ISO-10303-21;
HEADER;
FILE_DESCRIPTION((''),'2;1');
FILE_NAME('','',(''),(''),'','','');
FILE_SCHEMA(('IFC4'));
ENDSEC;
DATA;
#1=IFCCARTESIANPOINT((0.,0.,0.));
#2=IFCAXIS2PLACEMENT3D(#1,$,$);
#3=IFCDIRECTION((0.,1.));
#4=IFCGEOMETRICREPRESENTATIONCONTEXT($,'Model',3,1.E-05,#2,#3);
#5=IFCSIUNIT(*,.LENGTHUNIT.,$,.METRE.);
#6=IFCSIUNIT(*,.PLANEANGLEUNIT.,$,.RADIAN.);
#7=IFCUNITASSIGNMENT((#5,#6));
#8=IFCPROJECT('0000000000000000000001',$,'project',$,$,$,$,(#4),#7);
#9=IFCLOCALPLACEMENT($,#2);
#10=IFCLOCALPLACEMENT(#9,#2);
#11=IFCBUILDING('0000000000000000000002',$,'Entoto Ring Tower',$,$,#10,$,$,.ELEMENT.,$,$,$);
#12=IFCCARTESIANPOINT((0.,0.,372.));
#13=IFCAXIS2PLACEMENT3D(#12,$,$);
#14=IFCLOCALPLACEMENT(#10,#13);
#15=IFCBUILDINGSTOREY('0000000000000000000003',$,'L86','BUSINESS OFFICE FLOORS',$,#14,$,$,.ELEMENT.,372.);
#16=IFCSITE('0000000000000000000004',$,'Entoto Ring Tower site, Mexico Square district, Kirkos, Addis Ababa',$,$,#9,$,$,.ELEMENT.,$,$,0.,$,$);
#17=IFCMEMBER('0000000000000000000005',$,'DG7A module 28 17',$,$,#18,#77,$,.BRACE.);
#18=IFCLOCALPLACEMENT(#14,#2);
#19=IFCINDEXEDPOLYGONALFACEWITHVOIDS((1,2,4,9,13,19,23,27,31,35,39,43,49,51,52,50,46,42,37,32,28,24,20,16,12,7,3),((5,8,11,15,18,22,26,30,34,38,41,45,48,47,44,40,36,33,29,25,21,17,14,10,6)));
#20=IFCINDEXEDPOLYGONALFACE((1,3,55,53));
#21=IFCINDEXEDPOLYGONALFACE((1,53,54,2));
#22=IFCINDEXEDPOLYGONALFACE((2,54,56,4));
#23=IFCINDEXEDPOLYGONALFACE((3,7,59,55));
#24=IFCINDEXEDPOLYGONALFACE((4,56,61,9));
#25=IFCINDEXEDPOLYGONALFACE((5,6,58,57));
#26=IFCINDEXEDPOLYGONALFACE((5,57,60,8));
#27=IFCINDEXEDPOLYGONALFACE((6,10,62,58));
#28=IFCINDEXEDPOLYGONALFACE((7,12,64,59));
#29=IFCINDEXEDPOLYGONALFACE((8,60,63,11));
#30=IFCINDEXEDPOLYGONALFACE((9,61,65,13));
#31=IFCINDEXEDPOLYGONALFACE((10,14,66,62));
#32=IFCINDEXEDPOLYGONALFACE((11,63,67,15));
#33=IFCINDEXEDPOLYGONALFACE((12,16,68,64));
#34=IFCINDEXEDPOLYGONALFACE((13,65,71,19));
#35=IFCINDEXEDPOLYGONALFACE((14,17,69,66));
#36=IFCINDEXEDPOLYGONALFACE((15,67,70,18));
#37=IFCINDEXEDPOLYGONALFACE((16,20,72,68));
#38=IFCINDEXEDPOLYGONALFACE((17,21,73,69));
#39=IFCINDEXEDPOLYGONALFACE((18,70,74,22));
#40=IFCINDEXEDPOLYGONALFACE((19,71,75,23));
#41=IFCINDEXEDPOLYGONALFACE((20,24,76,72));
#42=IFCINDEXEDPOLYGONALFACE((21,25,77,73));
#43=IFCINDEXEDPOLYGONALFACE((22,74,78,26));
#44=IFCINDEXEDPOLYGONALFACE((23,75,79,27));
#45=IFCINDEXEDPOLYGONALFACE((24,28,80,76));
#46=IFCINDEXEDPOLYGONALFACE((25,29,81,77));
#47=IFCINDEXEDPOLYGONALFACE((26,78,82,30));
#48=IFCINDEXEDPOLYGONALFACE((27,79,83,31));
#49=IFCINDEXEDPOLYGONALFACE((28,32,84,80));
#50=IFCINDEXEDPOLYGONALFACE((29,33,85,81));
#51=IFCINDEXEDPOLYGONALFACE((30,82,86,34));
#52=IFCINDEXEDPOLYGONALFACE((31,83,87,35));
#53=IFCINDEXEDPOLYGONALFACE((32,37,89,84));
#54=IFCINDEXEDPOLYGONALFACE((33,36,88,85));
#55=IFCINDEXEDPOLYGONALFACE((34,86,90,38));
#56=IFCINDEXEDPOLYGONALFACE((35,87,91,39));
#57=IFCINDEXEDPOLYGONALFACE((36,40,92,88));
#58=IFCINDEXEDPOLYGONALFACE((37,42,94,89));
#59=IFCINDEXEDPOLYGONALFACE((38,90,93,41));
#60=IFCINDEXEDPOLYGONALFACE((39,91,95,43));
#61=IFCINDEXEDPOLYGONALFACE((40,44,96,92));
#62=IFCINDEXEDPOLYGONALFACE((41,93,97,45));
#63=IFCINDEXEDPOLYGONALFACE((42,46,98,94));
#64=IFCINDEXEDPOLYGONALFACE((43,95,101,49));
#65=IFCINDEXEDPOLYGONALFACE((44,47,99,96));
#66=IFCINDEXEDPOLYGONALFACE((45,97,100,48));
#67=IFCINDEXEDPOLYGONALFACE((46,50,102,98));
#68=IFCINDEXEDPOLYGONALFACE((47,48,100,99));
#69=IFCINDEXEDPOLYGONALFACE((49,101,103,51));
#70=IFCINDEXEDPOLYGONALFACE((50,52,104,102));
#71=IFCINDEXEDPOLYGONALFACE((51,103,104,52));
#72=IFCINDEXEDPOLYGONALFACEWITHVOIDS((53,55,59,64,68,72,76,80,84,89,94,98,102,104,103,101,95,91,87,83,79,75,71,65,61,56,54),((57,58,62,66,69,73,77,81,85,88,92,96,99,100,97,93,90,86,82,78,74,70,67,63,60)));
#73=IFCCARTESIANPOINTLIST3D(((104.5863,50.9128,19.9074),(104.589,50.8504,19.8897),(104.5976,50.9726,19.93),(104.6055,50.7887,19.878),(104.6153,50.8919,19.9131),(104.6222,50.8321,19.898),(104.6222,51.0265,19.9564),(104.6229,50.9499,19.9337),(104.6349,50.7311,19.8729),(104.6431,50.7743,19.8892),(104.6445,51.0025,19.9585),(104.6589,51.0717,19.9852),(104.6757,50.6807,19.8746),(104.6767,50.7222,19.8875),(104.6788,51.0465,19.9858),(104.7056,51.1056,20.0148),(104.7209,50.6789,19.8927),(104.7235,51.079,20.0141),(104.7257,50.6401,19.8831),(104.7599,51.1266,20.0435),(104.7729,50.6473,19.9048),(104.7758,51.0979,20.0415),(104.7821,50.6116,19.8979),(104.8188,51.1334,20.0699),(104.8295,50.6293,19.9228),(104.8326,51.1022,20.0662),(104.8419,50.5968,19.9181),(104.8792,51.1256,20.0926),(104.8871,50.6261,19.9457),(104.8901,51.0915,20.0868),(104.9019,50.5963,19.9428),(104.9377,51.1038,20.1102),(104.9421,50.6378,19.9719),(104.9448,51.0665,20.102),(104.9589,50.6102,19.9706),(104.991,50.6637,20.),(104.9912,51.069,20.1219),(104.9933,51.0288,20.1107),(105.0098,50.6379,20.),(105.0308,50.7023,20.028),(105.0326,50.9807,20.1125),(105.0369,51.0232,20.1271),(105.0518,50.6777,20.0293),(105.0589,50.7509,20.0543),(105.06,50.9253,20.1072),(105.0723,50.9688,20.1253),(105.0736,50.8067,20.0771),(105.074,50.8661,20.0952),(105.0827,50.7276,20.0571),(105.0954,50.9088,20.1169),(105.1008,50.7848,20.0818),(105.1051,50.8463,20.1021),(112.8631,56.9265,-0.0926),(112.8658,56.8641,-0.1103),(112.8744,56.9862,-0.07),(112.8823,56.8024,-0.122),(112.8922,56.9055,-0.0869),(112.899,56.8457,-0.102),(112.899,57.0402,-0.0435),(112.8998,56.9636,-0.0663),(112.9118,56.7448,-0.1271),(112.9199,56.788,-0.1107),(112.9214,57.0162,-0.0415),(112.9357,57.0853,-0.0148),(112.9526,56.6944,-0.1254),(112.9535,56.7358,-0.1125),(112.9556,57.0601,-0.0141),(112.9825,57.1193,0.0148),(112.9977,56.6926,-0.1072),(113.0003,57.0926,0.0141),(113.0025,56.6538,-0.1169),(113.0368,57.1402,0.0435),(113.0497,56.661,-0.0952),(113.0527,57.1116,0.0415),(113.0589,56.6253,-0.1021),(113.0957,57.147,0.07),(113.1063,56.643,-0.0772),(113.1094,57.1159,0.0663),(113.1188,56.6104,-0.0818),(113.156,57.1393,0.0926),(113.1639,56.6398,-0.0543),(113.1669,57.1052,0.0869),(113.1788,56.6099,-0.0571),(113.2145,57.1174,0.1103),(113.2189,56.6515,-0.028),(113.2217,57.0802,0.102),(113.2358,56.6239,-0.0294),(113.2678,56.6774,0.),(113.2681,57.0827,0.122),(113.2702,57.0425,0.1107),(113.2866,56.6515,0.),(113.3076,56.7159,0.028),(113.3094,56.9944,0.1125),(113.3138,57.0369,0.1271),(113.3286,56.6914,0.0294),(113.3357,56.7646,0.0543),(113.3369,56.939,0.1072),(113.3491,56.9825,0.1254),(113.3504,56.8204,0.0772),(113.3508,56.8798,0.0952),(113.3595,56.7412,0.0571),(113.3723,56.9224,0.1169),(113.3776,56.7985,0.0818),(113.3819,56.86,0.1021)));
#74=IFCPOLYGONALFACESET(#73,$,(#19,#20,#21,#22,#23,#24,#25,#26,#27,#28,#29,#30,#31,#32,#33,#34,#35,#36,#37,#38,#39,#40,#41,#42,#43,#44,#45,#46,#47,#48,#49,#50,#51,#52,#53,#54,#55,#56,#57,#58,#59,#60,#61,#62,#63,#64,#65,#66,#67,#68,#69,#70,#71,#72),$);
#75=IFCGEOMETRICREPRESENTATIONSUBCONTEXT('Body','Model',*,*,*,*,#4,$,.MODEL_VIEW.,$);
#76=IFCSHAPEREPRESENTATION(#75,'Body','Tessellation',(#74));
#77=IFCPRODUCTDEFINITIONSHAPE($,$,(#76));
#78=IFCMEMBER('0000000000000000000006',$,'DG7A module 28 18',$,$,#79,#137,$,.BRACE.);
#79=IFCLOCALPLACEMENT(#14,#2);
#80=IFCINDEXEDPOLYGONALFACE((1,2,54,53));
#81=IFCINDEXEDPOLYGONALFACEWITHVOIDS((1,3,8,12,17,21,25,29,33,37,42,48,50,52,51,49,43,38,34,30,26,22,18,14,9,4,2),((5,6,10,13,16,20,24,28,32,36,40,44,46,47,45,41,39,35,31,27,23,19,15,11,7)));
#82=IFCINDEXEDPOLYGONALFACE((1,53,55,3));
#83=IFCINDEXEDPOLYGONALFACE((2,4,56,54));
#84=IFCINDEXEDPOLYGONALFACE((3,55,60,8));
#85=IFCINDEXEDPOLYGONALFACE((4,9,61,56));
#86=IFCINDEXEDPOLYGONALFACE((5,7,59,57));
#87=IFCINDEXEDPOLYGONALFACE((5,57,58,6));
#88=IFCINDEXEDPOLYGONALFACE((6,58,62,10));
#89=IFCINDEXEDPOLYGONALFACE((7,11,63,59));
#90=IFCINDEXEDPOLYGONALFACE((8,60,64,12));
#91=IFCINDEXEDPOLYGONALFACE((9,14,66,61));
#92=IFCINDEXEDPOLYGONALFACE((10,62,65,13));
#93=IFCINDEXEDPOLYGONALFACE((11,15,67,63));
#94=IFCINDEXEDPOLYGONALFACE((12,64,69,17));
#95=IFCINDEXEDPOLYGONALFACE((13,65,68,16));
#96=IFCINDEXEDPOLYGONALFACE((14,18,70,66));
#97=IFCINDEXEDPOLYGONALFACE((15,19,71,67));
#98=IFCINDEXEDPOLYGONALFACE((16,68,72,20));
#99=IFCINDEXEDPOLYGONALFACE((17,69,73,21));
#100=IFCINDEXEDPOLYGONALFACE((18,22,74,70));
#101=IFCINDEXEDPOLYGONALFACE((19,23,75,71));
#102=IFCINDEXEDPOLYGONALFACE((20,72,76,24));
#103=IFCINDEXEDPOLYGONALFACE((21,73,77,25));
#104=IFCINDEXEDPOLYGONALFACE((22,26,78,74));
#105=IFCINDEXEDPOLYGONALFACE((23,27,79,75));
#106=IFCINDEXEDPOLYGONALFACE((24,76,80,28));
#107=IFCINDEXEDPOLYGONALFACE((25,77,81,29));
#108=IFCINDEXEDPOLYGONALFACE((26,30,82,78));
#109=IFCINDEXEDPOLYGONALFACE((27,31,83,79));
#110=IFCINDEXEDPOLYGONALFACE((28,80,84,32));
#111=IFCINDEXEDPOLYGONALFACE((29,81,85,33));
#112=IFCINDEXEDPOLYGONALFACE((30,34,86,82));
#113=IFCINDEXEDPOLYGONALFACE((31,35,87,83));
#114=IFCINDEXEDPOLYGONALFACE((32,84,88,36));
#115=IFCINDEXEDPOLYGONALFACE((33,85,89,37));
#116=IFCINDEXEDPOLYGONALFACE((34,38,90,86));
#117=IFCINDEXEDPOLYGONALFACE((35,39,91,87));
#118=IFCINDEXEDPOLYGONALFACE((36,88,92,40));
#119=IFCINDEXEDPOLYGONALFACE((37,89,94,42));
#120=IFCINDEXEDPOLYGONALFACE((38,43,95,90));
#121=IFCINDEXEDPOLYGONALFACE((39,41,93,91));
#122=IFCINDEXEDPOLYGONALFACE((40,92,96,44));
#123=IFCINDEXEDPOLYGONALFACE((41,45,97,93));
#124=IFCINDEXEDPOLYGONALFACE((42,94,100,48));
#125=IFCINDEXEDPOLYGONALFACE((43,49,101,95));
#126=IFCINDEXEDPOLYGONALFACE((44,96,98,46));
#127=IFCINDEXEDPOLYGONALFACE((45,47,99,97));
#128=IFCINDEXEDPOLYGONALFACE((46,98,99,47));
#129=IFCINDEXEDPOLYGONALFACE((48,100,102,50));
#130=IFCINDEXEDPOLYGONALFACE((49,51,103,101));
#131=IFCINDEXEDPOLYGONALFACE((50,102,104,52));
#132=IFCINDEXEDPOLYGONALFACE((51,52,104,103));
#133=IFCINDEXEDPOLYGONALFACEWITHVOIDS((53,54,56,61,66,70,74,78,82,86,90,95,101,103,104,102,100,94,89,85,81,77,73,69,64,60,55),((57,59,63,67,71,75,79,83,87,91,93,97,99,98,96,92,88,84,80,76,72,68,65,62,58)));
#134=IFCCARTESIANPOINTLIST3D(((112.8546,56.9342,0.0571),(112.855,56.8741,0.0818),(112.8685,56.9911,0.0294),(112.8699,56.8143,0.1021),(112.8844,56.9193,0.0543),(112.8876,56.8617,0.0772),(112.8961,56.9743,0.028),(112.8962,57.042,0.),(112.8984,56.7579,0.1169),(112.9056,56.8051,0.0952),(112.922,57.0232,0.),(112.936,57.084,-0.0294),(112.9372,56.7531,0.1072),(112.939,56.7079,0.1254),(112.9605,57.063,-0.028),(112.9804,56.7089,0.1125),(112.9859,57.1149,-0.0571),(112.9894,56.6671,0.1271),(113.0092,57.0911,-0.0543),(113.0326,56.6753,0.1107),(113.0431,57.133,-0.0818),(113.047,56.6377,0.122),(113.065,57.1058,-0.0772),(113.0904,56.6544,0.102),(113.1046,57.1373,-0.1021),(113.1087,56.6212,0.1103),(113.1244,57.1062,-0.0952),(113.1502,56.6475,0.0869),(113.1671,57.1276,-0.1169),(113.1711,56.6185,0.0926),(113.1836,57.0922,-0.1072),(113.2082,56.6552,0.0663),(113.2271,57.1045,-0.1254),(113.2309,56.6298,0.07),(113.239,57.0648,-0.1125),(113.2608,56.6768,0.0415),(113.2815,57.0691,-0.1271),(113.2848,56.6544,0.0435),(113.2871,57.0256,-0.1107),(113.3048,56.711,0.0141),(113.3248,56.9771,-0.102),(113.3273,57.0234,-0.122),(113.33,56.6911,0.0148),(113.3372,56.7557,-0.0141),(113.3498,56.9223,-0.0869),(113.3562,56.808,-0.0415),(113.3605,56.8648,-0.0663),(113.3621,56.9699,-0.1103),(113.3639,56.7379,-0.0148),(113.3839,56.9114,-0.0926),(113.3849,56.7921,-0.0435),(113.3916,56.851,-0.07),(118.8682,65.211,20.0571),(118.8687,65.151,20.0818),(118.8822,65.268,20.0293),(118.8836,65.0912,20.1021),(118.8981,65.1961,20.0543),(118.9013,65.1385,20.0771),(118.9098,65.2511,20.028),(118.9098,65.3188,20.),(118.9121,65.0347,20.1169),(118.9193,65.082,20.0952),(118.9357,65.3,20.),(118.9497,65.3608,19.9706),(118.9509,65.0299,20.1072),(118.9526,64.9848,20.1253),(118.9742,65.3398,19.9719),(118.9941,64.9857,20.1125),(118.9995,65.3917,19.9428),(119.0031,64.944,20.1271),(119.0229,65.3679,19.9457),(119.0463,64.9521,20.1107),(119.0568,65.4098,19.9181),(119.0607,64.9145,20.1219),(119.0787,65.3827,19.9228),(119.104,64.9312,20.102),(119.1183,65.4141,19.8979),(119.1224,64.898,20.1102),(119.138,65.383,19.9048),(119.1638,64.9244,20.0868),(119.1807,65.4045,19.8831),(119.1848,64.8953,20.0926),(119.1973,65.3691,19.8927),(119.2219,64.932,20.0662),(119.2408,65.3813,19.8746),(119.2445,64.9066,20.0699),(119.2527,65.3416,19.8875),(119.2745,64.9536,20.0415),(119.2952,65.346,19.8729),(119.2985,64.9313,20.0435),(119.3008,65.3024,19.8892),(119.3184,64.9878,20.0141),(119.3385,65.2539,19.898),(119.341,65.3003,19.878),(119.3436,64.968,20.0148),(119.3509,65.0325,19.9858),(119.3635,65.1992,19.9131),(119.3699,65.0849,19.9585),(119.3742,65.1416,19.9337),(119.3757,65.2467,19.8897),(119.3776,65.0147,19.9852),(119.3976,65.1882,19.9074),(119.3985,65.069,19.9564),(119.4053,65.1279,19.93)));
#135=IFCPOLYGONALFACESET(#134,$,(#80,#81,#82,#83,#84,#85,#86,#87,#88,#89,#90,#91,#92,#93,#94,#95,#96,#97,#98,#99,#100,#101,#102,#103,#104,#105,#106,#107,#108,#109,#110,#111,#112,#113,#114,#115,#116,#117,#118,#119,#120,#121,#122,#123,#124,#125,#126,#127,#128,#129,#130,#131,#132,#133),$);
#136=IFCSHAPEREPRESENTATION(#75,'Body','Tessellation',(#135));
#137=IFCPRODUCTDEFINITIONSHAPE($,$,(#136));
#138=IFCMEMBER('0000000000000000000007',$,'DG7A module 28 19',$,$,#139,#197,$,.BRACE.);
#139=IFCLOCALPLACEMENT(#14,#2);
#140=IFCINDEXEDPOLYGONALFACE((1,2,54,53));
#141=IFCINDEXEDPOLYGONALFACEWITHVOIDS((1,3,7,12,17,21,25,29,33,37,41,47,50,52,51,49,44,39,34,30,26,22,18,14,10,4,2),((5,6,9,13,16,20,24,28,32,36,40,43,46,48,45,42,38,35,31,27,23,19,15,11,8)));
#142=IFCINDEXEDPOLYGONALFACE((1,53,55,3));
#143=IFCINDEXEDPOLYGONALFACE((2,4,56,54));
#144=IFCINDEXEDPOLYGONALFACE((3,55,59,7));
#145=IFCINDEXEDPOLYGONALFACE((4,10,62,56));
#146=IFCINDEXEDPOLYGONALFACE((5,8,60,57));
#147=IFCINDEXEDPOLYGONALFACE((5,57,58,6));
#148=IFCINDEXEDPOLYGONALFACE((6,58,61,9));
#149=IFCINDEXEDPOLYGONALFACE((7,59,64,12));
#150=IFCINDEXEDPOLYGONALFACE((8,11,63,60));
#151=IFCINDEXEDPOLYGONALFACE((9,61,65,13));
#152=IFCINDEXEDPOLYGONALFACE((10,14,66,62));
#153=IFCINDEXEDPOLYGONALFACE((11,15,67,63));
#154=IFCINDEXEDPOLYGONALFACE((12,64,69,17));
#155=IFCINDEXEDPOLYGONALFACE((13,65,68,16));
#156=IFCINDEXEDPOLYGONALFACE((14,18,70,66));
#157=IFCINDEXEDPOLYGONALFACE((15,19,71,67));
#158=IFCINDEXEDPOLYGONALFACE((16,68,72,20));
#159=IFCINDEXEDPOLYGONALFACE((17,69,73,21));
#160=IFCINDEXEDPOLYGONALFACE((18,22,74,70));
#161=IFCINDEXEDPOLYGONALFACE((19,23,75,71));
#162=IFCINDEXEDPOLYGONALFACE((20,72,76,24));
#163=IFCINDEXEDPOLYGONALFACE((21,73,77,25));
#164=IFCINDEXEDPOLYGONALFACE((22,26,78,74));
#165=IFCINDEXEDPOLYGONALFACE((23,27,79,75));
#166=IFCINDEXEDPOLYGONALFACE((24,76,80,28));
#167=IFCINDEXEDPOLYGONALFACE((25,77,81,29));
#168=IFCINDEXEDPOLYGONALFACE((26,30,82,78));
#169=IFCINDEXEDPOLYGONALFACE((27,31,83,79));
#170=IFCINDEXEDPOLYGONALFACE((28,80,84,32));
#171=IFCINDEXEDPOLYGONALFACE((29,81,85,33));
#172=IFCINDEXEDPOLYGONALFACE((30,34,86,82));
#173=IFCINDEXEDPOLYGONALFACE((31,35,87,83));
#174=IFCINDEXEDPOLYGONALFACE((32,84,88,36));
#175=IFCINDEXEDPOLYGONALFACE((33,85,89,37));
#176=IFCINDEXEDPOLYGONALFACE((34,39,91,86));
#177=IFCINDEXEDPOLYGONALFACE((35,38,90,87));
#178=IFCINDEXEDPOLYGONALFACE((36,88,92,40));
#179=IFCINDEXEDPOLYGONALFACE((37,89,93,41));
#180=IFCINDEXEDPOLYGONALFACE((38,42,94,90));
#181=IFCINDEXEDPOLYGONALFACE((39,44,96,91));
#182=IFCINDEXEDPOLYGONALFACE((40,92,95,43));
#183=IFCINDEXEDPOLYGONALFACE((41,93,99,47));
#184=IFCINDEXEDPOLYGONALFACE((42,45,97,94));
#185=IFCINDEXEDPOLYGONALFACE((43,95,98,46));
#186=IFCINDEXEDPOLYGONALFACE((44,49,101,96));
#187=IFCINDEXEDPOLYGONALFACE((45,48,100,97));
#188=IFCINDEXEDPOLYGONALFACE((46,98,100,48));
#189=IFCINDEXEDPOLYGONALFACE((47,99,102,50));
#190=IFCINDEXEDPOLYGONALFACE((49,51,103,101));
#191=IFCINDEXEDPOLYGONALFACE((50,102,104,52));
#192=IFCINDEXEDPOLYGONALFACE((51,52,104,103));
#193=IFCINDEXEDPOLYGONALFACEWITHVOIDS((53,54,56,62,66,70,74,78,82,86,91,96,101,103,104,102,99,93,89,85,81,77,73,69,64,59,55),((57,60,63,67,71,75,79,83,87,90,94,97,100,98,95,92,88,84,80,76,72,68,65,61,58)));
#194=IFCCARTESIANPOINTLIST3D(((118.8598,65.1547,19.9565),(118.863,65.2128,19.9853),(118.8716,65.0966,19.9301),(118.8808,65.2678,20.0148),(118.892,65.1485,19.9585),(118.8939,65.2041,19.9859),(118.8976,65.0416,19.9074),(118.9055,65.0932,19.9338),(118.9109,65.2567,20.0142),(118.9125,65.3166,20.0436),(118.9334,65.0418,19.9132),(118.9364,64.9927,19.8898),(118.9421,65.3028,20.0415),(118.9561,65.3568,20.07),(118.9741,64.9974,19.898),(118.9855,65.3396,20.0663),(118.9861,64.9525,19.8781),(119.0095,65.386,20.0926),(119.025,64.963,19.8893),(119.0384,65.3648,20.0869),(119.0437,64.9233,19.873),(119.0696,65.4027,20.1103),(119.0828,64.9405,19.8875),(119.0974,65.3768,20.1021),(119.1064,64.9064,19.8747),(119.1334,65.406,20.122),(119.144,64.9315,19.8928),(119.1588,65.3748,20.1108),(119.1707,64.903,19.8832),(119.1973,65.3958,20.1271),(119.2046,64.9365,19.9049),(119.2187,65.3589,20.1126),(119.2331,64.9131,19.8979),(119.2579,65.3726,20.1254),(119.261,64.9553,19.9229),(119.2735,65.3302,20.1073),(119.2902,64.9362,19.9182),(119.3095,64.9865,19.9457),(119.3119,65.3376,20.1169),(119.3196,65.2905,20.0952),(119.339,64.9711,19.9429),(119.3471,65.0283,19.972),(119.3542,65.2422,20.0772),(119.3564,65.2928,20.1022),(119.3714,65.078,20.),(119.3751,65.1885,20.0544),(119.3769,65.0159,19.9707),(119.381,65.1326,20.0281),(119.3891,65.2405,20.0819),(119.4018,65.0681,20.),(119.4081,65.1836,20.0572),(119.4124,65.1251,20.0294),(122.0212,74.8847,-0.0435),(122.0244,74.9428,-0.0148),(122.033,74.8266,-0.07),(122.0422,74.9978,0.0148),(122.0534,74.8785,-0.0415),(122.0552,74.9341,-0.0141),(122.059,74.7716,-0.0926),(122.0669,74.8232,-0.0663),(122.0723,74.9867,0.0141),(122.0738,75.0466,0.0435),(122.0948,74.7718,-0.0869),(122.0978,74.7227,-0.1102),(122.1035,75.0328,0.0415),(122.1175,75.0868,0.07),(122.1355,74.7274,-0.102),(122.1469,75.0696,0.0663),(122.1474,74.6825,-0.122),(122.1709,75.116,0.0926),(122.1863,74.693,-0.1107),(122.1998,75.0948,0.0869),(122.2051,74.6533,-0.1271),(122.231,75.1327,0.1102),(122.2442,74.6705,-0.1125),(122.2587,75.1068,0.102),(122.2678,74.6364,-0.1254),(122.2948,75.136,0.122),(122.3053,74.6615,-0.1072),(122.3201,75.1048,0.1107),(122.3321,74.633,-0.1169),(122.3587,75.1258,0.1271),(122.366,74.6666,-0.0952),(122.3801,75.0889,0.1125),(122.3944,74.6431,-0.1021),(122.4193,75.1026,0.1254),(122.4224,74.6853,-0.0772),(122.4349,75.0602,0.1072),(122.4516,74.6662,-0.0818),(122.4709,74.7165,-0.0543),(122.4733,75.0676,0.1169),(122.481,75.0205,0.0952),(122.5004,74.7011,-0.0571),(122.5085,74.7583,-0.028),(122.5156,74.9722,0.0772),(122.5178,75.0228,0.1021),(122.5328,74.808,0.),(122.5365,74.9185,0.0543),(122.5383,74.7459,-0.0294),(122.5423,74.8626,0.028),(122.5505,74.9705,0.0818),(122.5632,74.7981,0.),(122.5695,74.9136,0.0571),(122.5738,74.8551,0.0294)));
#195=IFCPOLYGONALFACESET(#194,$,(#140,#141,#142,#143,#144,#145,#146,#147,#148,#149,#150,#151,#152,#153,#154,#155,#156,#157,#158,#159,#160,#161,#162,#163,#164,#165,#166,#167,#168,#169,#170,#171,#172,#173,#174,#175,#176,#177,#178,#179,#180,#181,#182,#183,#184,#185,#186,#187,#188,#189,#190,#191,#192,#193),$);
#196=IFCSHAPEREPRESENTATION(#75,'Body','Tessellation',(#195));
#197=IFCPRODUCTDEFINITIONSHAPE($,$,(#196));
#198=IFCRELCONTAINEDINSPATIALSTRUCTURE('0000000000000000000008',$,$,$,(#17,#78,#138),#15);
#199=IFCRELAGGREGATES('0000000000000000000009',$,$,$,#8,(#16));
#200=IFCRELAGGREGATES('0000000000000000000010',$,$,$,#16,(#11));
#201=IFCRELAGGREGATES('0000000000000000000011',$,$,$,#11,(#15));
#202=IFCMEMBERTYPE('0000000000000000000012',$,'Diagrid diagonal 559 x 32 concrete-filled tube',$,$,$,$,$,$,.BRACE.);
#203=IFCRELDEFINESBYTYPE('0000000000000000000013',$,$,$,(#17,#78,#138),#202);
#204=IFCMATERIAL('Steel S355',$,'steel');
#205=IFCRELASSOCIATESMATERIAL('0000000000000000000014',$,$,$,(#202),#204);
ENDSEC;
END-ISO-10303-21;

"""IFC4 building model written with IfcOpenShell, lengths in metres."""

from ifc_helpers import new_model, si_unit, direction, frame, origin, origin_2d, place, context, subcontext, project, spatial, circle, hollow_circle, extrude, material, material_profile, profile_set, type_object, element, save


model = new_model("IFC4")

# Units and contexts
model_context = context("Model", 3, precision=1e-05, world=origin(), true_north=direction((0.0, 1.0)))
body_context = subcontext(model_context, "Body", "Model", "MODEL_VIEW")
ifc_project = project(units=[si_unit("LENGTHUNIT", "METRE"), si_unit("PLANEANGLEUNIT", "RADIAN")], contexts=[model_context])

# Site, building, storey
site_placement = place(None, origin())
site = spatial("IfcSite", under=ifc_project, at=site_placement, Name="Entoto Ring Tower site, Mexico Square district, Kirkos, Addis Ababa", CompositionType="ELEMENT", RefElevation=0.0)
building_placement = place(site_placement, origin())
building = spatial("IfcBuilding", under=site, at=building_placement, Name="Entoto Ring Tower", CompositionType="ELEMENT")
storey_placement = place(building_placement, frame((0.0, 0.0, 372.0)))
storey = spatial("IfcBuildingStorey", under=building, at=storey_placement, Name="L86", Description="BUSINESS OFFICE FLOORS", CompositionType="ELEMENT", Elevation=372.0)

# Members
ifc_material_1 = material(Name="Steel S355", Category="steel")
ifc_material_profile_1 = material_profile(ifc_material_1, hollow_circle(Radius=0.2795, WallThickness=0.032, at=origin_2d()), Name="CHS 559 x 32")
ifc_material_2 = material(Name="Concrete C60/75", Category="concrete")
ifc_material_profile_2 = material_profile(ifc_material_2, circle(Radius=0.2476, at=origin_2d()), Name="Concrete C60/75 infill")
ifc_profile_set_1 = profile_set([ifc_material_profile_1, ifc_material_profile_2], Name="Steel S355")
member_type_1 = type_object("IfcMemberType", Name="Diagrid diagonal 559 x 32 concrete-filled tube", PredefinedType="BRACE", material=ifc_profile_set_1)
for number, where, z_axis, x_axis, name in (
    (1, (113.1223, 56.8777, 0.0), (-0.368435, -0.267692, 0.890279), (0.587797, -0.809008, 0.0), "DG7A module 28 17"),
    (2, (113.1223, 56.8777, 0.0), (0.267692, 0.368435, 0.890279), (-0.809008, 0.587797, 0.0), "DG7A module 28 18"),
    (3, (122.2974, 74.8845, 0.0), (-0.140726, -0.433121, 0.890282), (0.951059, -0.309009, 0.0), "DG7A module 28 19"),
):
    element("IfcMember", number, at=place(storey_placement, frame(where, z_axis=z_axis, x_axis=x_axis)), inside=storey, type_object=member_type_1, Name=name, PredefinedType="BRACE", context=body_context, shape_type="SweptSolid", body=[
        extrude(hollow_circle(Radius=0.2795, WallThickness=0.032, at=origin_2d()), origin(), (0.0, 0.0, 1.0), 22.4648),
    ])

save(model, "model.ifc")
